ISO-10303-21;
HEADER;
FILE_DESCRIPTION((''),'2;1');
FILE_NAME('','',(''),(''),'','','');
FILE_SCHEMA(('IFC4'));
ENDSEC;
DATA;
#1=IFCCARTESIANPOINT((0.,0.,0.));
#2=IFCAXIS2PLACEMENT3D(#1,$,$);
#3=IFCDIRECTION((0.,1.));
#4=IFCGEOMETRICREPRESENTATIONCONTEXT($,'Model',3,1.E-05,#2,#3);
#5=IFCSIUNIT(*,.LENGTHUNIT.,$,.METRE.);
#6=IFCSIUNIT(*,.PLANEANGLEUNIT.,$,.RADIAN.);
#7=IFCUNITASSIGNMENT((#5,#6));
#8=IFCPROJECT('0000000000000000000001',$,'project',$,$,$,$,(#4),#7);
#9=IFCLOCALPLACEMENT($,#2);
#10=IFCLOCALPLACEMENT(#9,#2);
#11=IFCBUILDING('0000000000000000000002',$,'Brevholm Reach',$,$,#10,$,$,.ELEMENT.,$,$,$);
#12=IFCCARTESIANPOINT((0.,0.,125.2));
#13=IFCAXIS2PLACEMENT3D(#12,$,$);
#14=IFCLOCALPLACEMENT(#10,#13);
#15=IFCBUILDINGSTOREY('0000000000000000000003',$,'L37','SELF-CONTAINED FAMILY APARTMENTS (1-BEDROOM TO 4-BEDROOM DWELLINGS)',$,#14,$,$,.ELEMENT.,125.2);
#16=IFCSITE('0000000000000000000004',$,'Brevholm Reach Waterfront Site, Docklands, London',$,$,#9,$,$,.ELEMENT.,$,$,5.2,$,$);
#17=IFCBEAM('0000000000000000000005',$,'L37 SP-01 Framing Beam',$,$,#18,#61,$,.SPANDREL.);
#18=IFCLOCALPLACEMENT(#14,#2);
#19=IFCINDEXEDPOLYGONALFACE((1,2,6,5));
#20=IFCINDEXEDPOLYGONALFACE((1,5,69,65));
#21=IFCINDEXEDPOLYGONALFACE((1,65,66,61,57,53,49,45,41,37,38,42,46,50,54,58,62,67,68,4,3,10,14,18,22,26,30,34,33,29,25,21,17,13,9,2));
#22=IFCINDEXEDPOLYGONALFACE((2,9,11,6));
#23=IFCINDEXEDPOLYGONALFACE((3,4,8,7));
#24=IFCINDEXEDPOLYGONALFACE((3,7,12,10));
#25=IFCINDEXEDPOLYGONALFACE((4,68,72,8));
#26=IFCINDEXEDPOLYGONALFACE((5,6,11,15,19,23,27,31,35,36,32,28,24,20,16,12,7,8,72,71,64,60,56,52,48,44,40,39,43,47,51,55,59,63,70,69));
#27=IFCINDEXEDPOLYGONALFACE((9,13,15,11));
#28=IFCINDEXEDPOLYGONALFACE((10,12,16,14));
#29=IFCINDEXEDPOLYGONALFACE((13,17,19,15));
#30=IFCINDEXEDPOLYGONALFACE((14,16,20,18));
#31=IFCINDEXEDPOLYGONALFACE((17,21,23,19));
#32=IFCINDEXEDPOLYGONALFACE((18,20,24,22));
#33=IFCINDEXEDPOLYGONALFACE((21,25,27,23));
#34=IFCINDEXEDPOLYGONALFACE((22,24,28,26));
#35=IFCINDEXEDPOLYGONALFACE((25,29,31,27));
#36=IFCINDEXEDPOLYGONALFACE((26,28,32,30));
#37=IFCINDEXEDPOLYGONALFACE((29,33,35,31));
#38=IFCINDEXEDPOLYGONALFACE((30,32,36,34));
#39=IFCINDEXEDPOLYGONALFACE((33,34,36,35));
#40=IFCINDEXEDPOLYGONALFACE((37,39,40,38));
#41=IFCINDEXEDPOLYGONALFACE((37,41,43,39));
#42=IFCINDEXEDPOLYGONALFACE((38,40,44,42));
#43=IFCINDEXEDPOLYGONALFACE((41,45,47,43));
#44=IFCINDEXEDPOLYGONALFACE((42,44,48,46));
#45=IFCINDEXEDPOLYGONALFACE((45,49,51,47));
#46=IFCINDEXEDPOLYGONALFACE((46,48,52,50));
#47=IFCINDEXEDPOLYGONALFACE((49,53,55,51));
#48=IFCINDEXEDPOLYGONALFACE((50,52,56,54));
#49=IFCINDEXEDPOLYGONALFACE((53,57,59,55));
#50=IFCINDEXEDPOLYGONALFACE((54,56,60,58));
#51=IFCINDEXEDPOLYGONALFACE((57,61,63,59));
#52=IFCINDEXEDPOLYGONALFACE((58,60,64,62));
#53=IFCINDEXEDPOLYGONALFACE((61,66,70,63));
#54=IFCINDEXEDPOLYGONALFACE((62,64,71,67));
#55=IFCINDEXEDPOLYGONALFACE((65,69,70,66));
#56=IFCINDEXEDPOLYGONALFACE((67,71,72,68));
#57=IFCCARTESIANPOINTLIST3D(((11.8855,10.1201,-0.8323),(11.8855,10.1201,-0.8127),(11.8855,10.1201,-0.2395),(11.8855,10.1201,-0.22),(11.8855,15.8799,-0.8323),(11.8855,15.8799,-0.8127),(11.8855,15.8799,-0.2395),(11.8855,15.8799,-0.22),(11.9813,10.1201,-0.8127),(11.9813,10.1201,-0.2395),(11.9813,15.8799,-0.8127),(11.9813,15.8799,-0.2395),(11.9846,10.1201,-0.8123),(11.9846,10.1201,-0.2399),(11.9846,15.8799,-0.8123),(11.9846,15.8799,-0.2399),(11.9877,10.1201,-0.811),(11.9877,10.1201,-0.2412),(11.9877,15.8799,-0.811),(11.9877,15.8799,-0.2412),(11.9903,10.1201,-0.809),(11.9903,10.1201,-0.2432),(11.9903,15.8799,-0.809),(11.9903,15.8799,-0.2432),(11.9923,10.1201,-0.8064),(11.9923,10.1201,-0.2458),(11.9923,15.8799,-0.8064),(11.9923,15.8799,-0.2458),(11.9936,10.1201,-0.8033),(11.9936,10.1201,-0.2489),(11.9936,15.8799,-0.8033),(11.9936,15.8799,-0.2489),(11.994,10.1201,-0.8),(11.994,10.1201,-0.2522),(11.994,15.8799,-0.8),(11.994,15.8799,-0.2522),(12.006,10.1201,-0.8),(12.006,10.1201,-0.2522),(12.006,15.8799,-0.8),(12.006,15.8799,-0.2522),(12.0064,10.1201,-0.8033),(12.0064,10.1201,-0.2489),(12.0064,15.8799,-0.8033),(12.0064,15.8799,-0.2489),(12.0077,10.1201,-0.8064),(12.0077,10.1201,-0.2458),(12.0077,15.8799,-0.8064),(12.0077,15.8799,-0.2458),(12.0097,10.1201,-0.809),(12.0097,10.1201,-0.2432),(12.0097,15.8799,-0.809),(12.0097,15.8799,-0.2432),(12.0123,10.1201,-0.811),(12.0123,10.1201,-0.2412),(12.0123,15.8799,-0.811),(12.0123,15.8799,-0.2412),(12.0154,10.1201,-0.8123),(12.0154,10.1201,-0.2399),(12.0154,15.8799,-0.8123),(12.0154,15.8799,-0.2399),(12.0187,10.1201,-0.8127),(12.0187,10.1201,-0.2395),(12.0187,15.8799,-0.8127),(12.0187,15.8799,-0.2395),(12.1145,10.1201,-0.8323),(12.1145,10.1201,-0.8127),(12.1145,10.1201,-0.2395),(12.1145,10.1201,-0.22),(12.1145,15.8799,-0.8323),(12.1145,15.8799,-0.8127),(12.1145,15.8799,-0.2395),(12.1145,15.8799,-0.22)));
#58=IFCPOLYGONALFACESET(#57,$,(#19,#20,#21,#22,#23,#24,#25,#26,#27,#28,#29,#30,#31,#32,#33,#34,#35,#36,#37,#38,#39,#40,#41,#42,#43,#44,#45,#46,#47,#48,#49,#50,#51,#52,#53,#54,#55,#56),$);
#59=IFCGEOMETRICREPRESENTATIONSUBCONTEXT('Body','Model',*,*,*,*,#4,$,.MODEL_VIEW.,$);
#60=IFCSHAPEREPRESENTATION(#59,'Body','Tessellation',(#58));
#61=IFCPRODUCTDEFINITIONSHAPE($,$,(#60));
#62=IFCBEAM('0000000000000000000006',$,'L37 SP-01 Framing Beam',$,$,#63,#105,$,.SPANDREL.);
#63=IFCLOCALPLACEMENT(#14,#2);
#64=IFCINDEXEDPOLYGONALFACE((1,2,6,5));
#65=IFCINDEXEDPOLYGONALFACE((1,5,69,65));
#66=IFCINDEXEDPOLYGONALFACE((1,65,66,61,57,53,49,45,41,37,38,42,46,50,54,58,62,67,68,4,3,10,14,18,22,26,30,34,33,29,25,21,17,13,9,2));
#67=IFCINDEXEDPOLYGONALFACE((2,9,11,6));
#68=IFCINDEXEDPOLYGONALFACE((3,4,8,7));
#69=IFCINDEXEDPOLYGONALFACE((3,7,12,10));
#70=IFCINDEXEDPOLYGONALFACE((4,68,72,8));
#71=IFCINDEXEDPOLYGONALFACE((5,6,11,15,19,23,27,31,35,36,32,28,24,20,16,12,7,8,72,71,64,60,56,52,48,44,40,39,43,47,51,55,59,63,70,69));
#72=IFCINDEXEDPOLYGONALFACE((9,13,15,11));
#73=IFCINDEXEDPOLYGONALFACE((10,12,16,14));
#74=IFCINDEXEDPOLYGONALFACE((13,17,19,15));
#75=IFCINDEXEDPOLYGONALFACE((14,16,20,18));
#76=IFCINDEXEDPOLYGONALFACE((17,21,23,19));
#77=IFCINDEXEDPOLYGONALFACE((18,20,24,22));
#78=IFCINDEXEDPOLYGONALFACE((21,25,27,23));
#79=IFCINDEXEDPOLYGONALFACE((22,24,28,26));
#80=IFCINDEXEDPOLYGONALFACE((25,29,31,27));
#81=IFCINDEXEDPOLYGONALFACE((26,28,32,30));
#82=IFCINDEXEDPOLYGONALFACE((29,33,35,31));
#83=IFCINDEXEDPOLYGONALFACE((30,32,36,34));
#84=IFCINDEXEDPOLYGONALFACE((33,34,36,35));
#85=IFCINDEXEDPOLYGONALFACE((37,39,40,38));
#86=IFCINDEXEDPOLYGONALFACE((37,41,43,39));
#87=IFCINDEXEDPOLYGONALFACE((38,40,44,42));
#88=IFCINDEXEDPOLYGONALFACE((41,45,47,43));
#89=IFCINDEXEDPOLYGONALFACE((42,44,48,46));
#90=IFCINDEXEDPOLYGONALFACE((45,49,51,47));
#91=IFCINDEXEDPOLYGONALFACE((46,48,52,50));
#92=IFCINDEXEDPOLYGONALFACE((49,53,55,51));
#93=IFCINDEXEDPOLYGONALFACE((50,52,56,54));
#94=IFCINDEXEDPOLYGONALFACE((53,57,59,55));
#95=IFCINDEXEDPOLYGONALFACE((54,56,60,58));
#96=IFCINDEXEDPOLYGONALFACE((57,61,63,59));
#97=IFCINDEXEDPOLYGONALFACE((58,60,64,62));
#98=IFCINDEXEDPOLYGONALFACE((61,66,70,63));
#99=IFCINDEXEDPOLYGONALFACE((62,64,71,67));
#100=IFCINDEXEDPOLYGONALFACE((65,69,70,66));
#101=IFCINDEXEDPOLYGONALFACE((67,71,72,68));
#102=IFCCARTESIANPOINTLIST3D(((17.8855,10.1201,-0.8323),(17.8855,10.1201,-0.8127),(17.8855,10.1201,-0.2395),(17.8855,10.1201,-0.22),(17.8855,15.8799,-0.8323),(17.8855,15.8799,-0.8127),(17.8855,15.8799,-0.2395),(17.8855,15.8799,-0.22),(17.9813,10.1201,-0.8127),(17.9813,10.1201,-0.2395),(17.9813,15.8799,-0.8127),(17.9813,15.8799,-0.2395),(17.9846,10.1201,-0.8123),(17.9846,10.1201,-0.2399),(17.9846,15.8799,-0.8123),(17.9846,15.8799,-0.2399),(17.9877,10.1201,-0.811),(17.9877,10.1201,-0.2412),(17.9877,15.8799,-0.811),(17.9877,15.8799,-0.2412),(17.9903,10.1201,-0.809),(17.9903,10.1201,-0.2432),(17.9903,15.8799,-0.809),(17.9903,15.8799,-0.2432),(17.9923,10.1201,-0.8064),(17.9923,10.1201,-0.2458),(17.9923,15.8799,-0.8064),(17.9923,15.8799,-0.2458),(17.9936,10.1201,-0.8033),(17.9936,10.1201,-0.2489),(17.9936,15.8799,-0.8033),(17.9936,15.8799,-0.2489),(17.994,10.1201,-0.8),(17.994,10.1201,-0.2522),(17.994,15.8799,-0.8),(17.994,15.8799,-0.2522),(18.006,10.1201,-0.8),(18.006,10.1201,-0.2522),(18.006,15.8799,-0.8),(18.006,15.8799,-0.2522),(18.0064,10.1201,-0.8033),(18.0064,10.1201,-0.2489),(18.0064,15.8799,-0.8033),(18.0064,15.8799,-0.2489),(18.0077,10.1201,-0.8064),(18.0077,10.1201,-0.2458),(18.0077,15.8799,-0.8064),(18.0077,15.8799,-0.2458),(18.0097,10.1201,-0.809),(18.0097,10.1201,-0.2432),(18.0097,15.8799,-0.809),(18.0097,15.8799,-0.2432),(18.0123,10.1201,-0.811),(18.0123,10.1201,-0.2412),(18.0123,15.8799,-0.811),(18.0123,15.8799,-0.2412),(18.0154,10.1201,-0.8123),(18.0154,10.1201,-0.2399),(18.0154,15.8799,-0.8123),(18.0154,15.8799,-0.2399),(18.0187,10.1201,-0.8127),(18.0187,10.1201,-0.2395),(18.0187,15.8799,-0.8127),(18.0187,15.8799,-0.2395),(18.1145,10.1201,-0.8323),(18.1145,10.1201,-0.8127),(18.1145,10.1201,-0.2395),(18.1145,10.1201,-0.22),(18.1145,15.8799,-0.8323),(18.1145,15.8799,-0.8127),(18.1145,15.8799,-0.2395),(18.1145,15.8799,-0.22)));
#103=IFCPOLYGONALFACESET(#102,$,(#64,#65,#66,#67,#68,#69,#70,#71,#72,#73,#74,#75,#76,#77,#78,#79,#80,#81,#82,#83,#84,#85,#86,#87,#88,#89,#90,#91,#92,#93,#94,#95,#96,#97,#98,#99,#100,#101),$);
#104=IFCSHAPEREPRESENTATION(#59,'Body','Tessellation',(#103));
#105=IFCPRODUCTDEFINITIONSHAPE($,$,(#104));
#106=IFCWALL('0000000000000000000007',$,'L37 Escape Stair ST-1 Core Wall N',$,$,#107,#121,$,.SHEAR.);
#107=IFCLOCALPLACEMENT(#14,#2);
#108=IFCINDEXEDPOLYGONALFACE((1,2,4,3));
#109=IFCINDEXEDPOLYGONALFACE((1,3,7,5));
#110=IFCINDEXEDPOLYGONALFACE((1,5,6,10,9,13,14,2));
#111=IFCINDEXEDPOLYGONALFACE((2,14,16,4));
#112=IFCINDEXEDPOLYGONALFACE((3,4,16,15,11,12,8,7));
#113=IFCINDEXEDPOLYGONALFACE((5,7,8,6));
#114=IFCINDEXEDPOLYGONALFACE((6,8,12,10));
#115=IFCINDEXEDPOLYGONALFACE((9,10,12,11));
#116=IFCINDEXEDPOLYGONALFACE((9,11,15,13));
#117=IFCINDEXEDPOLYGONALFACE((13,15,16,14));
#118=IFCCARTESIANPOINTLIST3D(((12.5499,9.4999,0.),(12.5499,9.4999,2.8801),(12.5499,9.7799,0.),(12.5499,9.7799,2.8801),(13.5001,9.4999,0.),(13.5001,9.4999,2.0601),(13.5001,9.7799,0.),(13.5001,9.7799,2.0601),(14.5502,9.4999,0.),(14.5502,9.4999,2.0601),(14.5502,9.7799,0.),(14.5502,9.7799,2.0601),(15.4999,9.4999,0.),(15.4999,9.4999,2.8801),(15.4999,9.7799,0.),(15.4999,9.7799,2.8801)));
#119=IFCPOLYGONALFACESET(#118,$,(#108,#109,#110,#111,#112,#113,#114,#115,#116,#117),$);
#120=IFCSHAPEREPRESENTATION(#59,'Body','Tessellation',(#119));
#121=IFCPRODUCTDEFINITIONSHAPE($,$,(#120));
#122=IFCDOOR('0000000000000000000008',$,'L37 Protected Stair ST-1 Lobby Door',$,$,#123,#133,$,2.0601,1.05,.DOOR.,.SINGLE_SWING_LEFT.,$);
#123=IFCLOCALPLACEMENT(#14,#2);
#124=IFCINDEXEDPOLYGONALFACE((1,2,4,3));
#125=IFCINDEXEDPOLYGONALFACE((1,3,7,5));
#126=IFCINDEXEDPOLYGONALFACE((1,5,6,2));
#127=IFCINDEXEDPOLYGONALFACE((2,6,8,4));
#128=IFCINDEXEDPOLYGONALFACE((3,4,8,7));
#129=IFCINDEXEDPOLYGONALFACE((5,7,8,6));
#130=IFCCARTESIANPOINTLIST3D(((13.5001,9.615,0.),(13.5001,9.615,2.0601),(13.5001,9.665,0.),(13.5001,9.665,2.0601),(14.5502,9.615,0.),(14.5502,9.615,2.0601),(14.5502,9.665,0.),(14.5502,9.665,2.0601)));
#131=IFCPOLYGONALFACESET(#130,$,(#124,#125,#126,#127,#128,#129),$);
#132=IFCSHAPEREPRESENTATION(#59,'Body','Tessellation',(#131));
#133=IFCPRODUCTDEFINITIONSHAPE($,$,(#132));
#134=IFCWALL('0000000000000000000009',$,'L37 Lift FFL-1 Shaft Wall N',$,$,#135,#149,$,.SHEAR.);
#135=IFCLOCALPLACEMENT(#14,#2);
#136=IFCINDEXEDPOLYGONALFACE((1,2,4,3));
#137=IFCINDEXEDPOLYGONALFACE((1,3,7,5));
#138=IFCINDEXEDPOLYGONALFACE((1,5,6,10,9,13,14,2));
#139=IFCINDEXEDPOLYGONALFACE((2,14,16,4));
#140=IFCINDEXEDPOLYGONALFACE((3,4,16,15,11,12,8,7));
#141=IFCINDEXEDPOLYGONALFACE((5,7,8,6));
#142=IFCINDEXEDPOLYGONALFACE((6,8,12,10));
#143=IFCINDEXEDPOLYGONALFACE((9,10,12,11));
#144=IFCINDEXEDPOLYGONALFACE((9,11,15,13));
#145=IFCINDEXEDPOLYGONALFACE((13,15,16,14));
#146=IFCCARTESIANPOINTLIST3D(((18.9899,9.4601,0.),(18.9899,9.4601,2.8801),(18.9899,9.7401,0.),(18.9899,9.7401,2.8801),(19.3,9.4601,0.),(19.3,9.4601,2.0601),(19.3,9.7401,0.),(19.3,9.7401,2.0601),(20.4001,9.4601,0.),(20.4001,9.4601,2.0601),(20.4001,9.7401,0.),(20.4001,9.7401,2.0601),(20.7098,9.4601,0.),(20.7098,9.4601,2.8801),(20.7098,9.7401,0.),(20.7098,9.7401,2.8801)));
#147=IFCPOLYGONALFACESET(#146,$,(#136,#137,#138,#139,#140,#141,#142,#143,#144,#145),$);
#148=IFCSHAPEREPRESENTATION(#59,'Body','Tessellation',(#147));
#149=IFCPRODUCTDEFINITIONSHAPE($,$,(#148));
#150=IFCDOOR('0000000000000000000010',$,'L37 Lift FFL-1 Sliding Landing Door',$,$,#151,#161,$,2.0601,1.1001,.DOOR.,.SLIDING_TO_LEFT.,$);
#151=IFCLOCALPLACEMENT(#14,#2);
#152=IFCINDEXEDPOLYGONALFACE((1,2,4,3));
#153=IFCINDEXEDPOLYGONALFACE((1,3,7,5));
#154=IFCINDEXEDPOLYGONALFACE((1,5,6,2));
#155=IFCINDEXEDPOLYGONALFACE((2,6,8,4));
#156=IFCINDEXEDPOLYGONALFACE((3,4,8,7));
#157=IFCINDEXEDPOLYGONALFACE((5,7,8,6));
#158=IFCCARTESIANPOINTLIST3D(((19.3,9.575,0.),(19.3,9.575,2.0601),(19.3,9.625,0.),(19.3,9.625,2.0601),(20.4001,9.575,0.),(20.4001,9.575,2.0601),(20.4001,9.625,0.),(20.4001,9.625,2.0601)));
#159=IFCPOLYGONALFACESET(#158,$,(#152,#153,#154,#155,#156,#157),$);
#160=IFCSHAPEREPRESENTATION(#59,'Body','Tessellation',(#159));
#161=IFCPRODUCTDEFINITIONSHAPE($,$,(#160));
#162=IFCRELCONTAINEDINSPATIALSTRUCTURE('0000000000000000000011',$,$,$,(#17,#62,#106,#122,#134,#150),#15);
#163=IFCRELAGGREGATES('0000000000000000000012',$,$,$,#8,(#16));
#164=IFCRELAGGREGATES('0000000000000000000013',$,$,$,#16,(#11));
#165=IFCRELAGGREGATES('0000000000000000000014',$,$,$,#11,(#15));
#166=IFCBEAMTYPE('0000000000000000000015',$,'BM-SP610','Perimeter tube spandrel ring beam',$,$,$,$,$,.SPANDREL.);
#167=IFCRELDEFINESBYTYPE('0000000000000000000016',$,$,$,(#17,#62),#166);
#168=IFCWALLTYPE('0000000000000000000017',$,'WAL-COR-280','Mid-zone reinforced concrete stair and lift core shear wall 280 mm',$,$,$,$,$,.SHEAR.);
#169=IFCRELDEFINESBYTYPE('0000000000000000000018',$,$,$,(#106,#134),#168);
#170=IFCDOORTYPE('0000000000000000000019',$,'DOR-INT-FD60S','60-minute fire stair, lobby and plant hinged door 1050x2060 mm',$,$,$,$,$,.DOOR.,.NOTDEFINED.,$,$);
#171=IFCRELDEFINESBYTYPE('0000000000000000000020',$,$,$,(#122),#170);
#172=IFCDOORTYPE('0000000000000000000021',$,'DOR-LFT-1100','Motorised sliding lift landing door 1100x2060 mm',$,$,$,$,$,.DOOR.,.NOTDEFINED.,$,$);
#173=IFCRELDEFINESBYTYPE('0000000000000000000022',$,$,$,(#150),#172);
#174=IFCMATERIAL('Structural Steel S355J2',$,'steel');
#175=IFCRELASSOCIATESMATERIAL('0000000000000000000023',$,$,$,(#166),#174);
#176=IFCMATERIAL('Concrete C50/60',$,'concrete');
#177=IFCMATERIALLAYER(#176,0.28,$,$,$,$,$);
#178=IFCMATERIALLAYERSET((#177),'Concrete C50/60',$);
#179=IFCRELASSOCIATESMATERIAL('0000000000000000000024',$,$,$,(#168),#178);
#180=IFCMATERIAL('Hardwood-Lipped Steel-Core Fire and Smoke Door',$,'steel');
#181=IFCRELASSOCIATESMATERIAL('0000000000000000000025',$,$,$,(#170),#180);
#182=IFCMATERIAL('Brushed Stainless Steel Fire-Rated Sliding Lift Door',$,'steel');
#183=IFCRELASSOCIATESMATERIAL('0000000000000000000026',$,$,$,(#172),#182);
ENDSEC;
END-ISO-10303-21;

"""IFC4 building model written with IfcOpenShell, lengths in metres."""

from ifc_helpers import new_model, si_unit, direction, frame, frame_2d, origin, origin_2d, place, context, subcontext, project, spatial, rectangle, i_section, extrude, material, layer, layer_set, material_profile, profile_set, type_object, element, fill, save


model = new_model("IFC4")

# Units and contexts
model_context = context("Model", 3, precision=1e-05, world=origin(), true_north=direction((0.0, 1.0)))
body_context = subcontext(model_context, "Body", "Model", "MODEL_VIEW")
ifc_project = project(units=[si_unit("LENGTHUNIT", "METRE"), si_unit("PLANEANGLEUNIT", "RADIAN")], contexts=[model_context])

# Site, building, storey
site_placement = place(None, origin())
site = spatial("IfcSite", under=ifc_project, at=site_placement, Name="Brevholm Reach Waterfront Site, Docklands, London", CompositionType="ELEMENT", RefElevation=5.2)
building_placement = place(site_placement, origin())
building = spatial("IfcBuilding", under=site, at=building_placement, Name="Brevholm Reach", CompositionType="ELEMENT")
storey_placement = place(building_placement, frame((0.0, 0.0, 125.2)))
storey = spatial("IfcBuildingStorey", under=building, at=storey_placement, Name="L37", Description="SELF-CONTAINED FAMILY APARTMENTS (1-BEDROOM TO 4-BEDROOM DWELLINGS)", CompositionType="ELEMENT", Elevation=125.2)

# Beams
ifc_material_1 = material(Name="Structural Steel S355J2", Category="steel")
ifc_material_profile_1 = material_profile(ifc_material_1, i_section(OverallWidth=0.229, OverallDepth=0.6123, WebThickness=0.012, FlangeThickness=0.0195, FilletRadius=0.0127, at=origin_2d()), Name="UKB 610x229x125")
ifc_profile_set_1 = profile_set([ifc_material_profile_1], Name="Structural Steel S355J2")
beam_type = type_object("IfcBeamType", Name="BM-SP610", Description="Perimeter tube spandrel ring beam", PredefinedType="SPANDREL", material=ifc_profile_set_1)
for number, where, z_axis, x_axis, name in (
    (1, (12.0, 10.1201, -0.5261), (0.0, 1.0, 0.0), (-1.0, 0.0, 0.0), "L37 SP-01 Framing Beam"),
    (2, (18.0, 10.1201, -0.5261), (0.0, 1.0, 0.0), (-1.0, 0.0, 0.0), "L37 SP-01 Framing Beam"),
):
    element("IfcBeam", number, at=place(storey_placement, frame(where, z_axis=z_axis, x_axis=x_axis)), inside=storey, type_object=beam_type, Name=name, PredefinedType="SPANDREL", context=body_context, shape_type="SweptSolid", body=[
        extrude(i_section(OverallWidth=0.229, OverallDepth=0.6123, WebThickness=0.012, FlangeThickness=0.0195, FilletRadius=0.0127, at=origin_2d()), origin(), (0.0, 0.0, 1.0), 5.7598),
    ])

# Walls, openings, doors
ifc_material_2 = material(Name="Concrete C50/60", Category="concrete")
ifc_layer_1 = layer(ifc_material_2, 0.28)
ifc_layer_set_1 = layer_set([ifc_layer_1], Name="Concrete C50/60")
wall_type_1 = type_object("IfcWallType", Name="WAL-COR-280", Description="Mid-zone reinforced concrete stair and lift core shear wall 280 mm", PredefinedType="SHEAR", material=ifc_layer_set_1)
wall_1_placement = place(storey_placement, frame((15.5, 9.6399, 0.0), z_axis=(0.0, 0.0, 1.0), x_axis=(-1.0, 0.0, 0.0)))
wall_1 = element("IfcWall", 3, at=wall_1_placement, inside=storey, type_object=wall_type_1, Name="L37 Escape Stair ST-1 Core Wall N", PredefinedType="SHEAR", context=body_context, shape_type="SweptSolid", body=[
    extrude(rectangle(XDim=2.95, YDim=0.28, at=frame_2d((1.4751, 0.0))), origin(), (0.0, 0.0, 1.0), 2.8801),
])
opening_1_placement = place(wall_1_placement, frame((0.95, 0.0, 0.0)))
opening_1 = element("IfcOpeningElement", 4, at=opening_1_placement, cuts=wall_1, PredefinedType="OPENING", context=body_context, shape_type="SweptSolid", body=[
    extrude(rectangle(XDim=1.05, YDim=2.0601, at=frame_2d((0.5249, 1.03))), frame((0.0, 0.1499, 0.0), z_axis=(0.0, -1.0, 0.0), x_axis=(1.0, 0.0, 0.0)), (0.0, 0.0, 1.0), 0.3),
])
ifc_material_3 = material(Name="Hardwood-Lipped Steel-Core Fire and Smoke Door", Category="steel")
door_type_1 = type_object("IfcDoorType", Name="DOR-INT-FD60S", Description="60-minute fire stair, lobby and plant hinged door 1050x2060 mm", OperationType="NOTDEFINED", PredefinedType="DOOR", material=ifc_material_3)
door_1_placement = place(opening_1_placement, origin())
door_1 = element("IfcDoor", 5, at=door_1_placement, inside=storey, type_object=door_type_1, Name="L37 Protected Stair ST-1 Lobby Door", OperationType="SINGLE_SWING_LEFT", OverallHeight=2.0601, OverallWidth=1.05, PredefinedType="DOOR", context=body_context, shape_type="SweptSolid", body=[
    extrude(rectangle(XDim=1.05, YDim=2.0601, at=frame_2d((0.5249, 1.03))), frame((0.0, 0.0249, 0.0), z_axis=(0.0, -1.0, 0.0), x_axis=(1.0, 0.0, 0.0)), (0.0, 0.0, 1.0), 0.05),
])
fill(opening_1, door_1)
wall_2_placement = place(storey_placement, frame((18.99, 9.6001, 0.0), z_axis=(0.0, 0.0, 1.0), x_axis=(1.0, 0.0, 0.0)))
wall_2 = element("IfcWall", 6, at=wall_2_placement, inside=storey, type_object=wall_type_1, Name="L37 Lift FFL-1 Shaft Wall N", PredefinedType="SHEAR", context=body_context, shape_type="SweptSolid", body=[
    extrude(rectangle(XDim=1.72, YDim=0.28, at=frame_2d((0.8599, 0.0))), origin(), (0.0, 0.0, 1.0), 2.8801),
])
opening_2_placement = place(wall_2_placement, frame((0.3101, 0.0, 0.0)))
opening_2 = element("IfcOpeningElement", 7, at=opening_2_placement, cuts=wall_2, PredefinedType="OPENING", context=body_context, shape_type="SweptSolid", body=[
    extrude(rectangle(XDim=1.1001, YDim=2.0601, at=frame_2d((0.55, 1.03))), frame((0.0, 0.1499, 0.0), z_axis=(0.0, -1.0, 0.0), x_axis=(1.0, 0.0, 0.0)), (0.0, 0.0, 1.0), 0.3),
])
ifc_material_4 = material(Name="Brushed Stainless Steel Fire-Rated Sliding Lift Door", Category="steel")
door_type_2 = type_object("IfcDoorType", Name="DOR-LFT-1100", Description="Motorised sliding lift landing door 1100x2060 mm", OperationType="NOTDEFINED", PredefinedType="DOOR", material=ifc_material_4)
door_2_placement = place(opening_2_placement, origin())
door_2 = element("IfcDoor", 8, at=door_2_placement, inside=storey, type_object=door_type_2, Name="L37 Lift FFL-1 Sliding Landing Door", OperationType="SLIDING_TO_LEFT", OverallHeight=2.0601, OverallWidth=1.1001, PredefinedType="DOOR", context=body_context, shape_type="SweptSolid", body=[
    extrude(rectangle(XDim=1.1001, YDim=2.0601, at=frame_2d((0.55, 1.03))), frame((0.0, 0.0249, 0.0), z_axis=(0.0, -1.0, 0.0), x_axis=(1.0, 0.0, 0.0)), (0.0, 0.0, 1.0), 0.05),
])
fill(opening_2, door_2)

save(model, "model.ifc")
